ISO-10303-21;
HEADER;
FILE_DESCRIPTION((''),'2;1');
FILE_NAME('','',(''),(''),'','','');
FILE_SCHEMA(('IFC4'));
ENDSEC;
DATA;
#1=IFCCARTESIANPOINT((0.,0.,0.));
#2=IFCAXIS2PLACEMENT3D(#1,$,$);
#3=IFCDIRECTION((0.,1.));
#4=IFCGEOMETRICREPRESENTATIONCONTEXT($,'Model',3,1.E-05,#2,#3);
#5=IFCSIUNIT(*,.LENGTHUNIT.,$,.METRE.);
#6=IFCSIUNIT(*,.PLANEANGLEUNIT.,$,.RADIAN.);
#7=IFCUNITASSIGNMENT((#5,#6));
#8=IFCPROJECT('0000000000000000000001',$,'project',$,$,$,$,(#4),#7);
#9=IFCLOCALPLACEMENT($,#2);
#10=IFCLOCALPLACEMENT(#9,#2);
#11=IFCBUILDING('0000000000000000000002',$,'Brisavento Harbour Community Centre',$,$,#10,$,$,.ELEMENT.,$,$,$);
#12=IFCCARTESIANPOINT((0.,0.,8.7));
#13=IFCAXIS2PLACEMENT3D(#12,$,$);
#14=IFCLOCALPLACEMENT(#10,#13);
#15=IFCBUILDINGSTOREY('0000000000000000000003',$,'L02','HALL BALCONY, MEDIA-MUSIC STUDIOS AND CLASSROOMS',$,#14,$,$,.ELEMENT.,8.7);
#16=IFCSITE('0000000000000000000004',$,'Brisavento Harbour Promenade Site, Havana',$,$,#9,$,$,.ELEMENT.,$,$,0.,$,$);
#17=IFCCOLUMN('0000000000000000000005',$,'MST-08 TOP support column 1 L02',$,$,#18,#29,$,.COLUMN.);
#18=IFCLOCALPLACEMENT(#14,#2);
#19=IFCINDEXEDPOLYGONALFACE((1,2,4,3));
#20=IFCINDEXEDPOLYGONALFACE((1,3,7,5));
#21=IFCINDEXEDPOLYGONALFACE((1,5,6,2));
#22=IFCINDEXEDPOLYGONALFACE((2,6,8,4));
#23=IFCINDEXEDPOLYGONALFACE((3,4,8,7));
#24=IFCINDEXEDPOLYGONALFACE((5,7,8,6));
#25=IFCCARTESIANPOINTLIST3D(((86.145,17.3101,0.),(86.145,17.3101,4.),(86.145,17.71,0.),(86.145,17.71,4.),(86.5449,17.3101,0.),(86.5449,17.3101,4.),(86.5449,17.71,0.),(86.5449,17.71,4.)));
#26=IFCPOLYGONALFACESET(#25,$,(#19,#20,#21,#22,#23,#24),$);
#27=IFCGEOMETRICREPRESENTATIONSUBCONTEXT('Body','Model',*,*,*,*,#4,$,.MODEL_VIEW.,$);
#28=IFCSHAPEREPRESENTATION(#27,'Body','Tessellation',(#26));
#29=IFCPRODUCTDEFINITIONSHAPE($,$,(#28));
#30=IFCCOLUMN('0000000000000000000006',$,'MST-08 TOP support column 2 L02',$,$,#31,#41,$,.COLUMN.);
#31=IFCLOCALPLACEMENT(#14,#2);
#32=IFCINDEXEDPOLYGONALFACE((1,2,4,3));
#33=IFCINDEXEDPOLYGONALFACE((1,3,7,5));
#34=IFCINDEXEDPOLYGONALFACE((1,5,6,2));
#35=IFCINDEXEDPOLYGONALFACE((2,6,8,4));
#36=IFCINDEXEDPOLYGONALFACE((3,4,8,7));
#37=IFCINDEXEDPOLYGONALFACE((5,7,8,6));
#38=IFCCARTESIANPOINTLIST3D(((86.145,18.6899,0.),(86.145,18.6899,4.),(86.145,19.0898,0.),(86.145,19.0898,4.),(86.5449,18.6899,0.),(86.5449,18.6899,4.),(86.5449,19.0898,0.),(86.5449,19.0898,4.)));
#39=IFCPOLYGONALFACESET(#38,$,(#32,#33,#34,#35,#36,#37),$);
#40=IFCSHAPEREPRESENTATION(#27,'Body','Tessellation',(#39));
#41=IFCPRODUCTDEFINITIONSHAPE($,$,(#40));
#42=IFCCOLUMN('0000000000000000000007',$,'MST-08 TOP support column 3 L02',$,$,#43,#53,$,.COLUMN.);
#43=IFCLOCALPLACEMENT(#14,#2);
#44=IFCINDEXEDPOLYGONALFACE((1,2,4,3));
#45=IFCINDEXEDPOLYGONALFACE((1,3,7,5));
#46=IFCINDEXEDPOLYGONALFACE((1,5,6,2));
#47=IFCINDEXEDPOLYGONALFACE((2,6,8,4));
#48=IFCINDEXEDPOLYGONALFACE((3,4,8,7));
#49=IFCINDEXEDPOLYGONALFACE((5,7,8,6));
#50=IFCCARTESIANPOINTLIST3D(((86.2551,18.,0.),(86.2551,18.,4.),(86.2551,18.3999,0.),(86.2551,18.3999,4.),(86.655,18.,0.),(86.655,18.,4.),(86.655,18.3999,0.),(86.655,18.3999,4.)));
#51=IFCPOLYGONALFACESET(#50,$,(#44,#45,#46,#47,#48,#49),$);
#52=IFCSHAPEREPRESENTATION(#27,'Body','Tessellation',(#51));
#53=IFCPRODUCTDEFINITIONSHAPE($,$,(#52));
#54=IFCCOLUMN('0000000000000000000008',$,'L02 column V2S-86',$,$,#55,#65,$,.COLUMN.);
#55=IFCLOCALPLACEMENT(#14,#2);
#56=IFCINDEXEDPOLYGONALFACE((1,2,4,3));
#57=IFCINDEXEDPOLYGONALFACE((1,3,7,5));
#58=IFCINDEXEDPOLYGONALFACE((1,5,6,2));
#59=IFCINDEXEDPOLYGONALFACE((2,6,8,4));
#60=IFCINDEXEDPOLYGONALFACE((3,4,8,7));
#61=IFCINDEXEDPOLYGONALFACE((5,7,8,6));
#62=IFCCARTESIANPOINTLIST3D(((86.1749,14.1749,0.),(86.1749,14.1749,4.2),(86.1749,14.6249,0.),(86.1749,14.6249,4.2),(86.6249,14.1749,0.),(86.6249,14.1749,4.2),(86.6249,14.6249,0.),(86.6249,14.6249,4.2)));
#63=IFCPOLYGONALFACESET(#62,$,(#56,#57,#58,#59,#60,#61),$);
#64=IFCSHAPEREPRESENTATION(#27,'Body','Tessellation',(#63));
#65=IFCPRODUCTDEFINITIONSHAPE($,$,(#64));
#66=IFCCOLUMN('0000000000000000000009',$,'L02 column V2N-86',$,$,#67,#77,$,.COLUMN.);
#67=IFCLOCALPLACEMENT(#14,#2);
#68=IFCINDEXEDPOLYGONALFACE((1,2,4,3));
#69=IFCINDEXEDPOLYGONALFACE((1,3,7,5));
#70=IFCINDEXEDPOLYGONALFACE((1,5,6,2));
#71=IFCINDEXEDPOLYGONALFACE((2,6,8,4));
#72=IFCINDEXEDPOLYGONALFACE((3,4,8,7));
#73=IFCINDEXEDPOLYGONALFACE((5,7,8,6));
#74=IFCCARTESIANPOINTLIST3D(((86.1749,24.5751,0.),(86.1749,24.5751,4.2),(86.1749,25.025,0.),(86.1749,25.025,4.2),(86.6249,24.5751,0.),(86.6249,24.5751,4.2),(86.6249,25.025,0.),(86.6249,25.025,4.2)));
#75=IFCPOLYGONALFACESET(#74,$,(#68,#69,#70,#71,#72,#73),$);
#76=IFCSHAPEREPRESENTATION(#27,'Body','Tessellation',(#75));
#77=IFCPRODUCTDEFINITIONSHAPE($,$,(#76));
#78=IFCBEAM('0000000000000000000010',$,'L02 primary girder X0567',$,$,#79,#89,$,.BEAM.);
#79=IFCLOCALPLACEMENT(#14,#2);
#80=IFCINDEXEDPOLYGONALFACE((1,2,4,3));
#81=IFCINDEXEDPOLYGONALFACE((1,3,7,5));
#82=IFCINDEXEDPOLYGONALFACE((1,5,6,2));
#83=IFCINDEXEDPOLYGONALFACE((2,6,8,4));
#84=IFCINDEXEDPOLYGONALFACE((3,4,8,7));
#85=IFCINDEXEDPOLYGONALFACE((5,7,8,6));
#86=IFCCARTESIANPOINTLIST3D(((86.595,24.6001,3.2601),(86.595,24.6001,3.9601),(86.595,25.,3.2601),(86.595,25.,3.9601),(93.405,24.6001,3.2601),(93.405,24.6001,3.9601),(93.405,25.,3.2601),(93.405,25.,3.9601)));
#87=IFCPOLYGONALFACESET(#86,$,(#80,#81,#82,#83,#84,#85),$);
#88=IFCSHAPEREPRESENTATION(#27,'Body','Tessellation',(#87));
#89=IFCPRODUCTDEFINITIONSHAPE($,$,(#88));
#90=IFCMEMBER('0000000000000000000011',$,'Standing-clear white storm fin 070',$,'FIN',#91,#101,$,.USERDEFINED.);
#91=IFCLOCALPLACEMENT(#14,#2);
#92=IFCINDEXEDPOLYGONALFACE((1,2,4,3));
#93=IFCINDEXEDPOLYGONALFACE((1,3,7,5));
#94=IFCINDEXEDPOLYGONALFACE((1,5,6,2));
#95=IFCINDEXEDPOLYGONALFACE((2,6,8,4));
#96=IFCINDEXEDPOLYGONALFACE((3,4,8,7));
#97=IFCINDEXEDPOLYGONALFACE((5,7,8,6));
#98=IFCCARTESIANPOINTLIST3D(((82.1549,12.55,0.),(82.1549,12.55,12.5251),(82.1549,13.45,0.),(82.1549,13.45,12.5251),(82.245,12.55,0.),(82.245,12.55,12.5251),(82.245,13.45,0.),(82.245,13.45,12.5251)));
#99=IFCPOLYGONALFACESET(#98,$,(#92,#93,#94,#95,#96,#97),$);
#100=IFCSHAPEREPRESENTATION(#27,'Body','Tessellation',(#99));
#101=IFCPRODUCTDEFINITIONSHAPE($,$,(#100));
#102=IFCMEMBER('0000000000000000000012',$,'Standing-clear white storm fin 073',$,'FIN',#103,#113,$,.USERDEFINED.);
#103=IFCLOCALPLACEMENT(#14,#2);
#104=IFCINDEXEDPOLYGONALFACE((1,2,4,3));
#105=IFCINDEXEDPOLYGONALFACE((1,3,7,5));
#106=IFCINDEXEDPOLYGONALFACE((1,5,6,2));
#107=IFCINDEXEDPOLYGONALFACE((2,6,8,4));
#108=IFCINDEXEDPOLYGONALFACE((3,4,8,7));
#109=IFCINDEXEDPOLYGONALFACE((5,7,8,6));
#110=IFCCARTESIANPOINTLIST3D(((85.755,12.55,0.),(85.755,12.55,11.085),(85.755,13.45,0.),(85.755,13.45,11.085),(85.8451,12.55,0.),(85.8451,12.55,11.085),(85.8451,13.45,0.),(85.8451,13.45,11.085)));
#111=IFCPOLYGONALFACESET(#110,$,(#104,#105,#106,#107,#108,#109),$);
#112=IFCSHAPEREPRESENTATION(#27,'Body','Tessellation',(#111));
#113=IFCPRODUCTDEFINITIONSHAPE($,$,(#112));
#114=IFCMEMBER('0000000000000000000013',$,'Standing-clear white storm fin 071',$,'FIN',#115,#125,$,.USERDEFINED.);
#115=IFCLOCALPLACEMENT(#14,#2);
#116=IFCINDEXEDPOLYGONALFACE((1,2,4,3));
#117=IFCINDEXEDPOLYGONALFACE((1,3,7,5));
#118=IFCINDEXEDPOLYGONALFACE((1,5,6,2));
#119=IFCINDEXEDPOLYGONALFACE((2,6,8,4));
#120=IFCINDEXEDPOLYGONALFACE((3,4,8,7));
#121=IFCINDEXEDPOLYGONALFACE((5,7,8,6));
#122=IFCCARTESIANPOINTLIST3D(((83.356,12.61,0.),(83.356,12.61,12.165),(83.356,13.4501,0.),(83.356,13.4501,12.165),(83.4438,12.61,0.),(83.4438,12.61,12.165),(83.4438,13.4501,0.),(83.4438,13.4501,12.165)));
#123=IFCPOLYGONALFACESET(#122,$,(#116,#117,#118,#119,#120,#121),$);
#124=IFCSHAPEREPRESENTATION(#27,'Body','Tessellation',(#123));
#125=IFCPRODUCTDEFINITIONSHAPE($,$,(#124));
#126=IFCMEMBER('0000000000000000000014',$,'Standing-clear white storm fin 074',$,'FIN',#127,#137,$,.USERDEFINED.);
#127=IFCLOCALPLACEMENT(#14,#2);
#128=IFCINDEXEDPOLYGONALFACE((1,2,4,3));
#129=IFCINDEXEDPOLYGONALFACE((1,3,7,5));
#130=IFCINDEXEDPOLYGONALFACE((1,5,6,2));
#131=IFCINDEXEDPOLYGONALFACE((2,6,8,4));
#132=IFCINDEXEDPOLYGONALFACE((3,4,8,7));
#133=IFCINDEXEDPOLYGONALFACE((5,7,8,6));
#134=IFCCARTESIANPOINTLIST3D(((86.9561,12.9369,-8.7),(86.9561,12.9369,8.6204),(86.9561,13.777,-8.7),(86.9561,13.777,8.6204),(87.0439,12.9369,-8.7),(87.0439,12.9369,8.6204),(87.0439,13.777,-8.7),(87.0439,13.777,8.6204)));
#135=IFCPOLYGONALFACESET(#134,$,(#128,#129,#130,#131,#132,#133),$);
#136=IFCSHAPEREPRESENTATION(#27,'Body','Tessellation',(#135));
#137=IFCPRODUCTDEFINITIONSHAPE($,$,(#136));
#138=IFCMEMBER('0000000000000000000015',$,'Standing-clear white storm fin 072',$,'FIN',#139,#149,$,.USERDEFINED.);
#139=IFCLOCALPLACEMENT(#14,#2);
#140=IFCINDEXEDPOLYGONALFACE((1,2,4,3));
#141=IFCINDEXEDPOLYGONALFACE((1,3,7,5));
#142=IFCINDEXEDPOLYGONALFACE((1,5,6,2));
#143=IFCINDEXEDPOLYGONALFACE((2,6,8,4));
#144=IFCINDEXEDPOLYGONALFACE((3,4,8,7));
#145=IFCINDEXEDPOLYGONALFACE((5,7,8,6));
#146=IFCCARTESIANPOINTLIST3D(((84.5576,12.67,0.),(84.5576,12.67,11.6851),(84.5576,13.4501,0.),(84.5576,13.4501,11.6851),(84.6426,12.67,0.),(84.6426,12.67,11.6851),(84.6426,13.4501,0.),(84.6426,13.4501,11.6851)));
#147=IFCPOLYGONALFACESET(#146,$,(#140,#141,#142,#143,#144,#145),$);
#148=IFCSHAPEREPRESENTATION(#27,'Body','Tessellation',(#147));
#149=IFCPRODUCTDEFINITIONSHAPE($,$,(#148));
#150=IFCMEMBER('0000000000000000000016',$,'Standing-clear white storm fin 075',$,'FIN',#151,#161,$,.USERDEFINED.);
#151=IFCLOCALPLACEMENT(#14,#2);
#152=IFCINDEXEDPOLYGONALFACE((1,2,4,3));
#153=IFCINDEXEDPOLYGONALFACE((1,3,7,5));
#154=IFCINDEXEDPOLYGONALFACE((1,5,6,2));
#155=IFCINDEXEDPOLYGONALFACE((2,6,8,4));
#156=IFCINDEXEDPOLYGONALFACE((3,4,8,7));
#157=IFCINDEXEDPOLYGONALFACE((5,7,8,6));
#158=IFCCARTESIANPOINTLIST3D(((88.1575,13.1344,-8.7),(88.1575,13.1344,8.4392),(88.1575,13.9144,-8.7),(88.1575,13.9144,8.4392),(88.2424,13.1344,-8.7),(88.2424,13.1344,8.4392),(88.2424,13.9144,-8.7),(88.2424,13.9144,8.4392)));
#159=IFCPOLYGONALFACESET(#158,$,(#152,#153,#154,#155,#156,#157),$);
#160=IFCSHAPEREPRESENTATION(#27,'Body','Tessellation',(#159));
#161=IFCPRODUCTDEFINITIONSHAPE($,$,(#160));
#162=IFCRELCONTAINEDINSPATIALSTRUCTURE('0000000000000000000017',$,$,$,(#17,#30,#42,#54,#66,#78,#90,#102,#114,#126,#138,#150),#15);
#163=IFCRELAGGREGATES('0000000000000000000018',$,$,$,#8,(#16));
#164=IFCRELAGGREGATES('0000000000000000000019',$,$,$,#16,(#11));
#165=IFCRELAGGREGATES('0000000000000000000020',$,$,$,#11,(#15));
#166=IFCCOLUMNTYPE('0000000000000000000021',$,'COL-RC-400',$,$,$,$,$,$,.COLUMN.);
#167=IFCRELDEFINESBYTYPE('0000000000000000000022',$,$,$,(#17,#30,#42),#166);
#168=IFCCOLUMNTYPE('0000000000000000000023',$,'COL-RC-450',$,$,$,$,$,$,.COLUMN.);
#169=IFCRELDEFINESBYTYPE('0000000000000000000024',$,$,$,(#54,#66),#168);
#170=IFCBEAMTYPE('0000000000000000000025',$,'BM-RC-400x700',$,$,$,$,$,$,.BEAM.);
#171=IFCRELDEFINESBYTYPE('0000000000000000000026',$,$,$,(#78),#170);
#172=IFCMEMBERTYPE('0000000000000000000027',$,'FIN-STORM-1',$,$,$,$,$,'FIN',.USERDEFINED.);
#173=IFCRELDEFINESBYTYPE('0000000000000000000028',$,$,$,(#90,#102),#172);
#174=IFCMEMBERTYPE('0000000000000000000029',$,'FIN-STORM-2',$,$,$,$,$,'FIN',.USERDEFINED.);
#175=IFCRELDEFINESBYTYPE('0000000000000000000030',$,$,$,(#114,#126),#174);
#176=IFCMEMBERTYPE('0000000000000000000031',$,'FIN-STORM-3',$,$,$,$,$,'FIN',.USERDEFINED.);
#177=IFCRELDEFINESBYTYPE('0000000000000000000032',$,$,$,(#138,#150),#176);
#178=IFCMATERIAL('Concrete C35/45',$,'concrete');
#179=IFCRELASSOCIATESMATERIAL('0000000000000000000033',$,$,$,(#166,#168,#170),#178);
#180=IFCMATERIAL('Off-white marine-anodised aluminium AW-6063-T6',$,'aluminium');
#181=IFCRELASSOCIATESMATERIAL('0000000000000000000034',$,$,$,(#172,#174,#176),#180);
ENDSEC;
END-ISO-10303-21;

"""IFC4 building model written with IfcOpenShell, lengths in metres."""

from ifc_helpers import new_model, si_unit, direction, frame, origin, origin_2d, place, context, subcontext, project, spatial, rectangle, extrude, material, material_profile, profile_set, type_object, element, save


model = new_model("IFC4")

# Units and contexts
model_context = context("Model", 3, precision=1e-05, world=origin(), true_north=direction((0.0, 1.0)))
body_context = subcontext(model_context, "Body", "Model", "MODEL_VIEW")
ifc_project = project(units=[si_unit("LENGTHUNIT", "METRE"), si_unit("PLANEANGLEUNIT", "RADIAN")], contexts=[model_context])

# Site, building, storey
site_placement = place(None, origin())
site = spatial("IfcSite", under=ifc_project, at=site_placement, Name="Brisavento Harbour Promenade Site, Havana", CompositionType="ELEMENT", RefElevation=0.0)
building_placement = place(site_placement, origin())
building = spatial("IfcBuilding", under=site, at=building_placement, Name="Brisavento Harbour Community Centre", CompositionType="ELEMENT")
storey_placement = place(building_placement, frame((0.0, 0.0, 8.7)))
storey = spatial("IfcBuildingStorey", under=building, at=storey_placement, Name="L02", Description="HALL BALCONY, MEDIA-MUSIC STUDIOS AND CLASSROOMS", CompositionType="ELEMENT", Elevation=8.7)

# Columns
ifc_material_1 = material(Name="Concrete C35/45", Category="concrete")
ifc_material_profile_1 = material_profile(ifc_material_1, rectangle(XDim=0.3999, YDim=0.3999, at=origin_2d()), Name="Concrete C35/45")
ifc_profile_set_1 = profile_set([ifc_material_profile_1], Name="Concrete C35/45")
column_type_1 = type_object("IfcColumnType", Name="COL-RC-400", PredefinedType="COLUMN", material=ifc_profile_set_1)
for number, where, z_axis, x_axis, name in (
    (1, (86.345, 17.51, 0.0), (0.0, 0.0, 1.0), (1.0, 0.0, 0.0), "MST-08 TOP support column 1 L02"),
    (2, (86.345, 18.8899, 0.0), (0.0, 0.0, 1.0), (1.0, 0.0, 0.0), "MST-08 TOP support column 2 L02"),
    (3, (86.4551, 18.2, 0.0), (0.0, 0.0, 1.0), (1.0, 0.0, 0.0), "MST-08 TOP support column 3 L02"),
):
    element("IfcColumn", number, at=place(storey_placement, frame(where, z_axis=z_axis, x_axis=x_axis)), inside=storey, type_object=column_type_1, Name=name, PredefinedType="COLUMN", context=body_context, shape_type="SweptSolid", body=[
        extrude(rectangle(XDim=0.3999, YDim=0.3999, at=origin_2d()), origin(), (0.0, 0.0, 1.0), 4.0),
    ])
ifc_material_profile_2 = material_profile(ifc_material_1, rectangle(XDim=0.45, YDim=0.45, at=origin_2d()), Name="Concrete C35/45")
ifc_profile_set_2 = profile_set([ifc_material_profile_2], Name="Concrete C35/45")
column_type_2 = type_object("IfcColumnType", Name="COL-RC-450", PredefinedType="COLUMN", material=ifc_profile_set_2)
for number, where, z_axis, x_axis, name in (
    (4, (86.3999, 14.3999, 0.0), (0.0, 0.0, 1.0), (1.0, 0.0, 0.0), "L02 column V2S-86"),
    (5, (86.3999, 24.8, 0.0), (0.0, 0.0, 1.0), (1.0, 0.0, 0.0), "L02 column V2N-86"),
):
    element("IfcColumn", number, at=place(storey_placement, frame(where, z_axis=z_axis, x_axis=x_axis)), inside=storey, type_object=column_type_2, Name=name, PredefinedType="COLUMN", context=body_context, shape_type="SweptSolid", body=[
        extrude(rectangle(XDim=0.45, YDim=0.45, at=origin_2d()), origin(), (0.0, 0.0, 1.0), 4.2),
    ])

# Beam
ifc_material_profile_3 = material_profile(ifc_material_1, rectangle(XDim=0.3999, YDim=0.7, at=origin_2d()), Name="Concrete C35/45")
ifc_profile_set_3 = profile_set([ifc_material_profile_3], Name="Concrete C35/45")
beam_type = type_object("IfcBeamType", Name="BM-RC-400x700", PredefinedType="BEAM", material=ifc_profile_set_3)
beam_placement = place(storey_placement, frame((86.595, 24.8, 3.6101), z_axis=(1.0, 0.0, 0.0), x_axis=(0.0, 1.0, 0.0)))
element("IfcBeam", 6, at=beam_placement, inside=storey, type_object=beam_type, Name="L02 primary girder X0567", PredefinedType="BEAM", context=body_context, shape_type="SweptSolid", body=[
    extrude(rectangle(XDim=0.3999, YDim=0.7, at=origin_2d()), origin(), (0.0, 0.0, 1.0), 6.8101),
])

# Members
ifc_material_2 = material(Name="Off-white marine-anodised aluminium AW-6063-T6", Category="aluminium")
ifc_material_profile_4 = material_profile(ifc_material_2, rectangle(XDim=0.0901, YDim=0.8999, at=origin_2d()), Name="Off-white marine-anodised aluminium AW-6063-T6")
ifc_profile_set_4 = profile_set([ifc_material_profile_4], Name="Off-white marine-anodised aluminium AW-6063-T6")
member_type_1 = type_object("IfcMemberType", Name="FIN-STORM-1", ElementType="FIN", PredefinedType="USERDEFINED", material=ifc_profile_set_4)
member_1_placement = place(storey_placement, frame((82.2, 13.0, 0.0), z_axis=(0.0, 0.0, 1.0), x_axis=(-1.0, 0.0, 0.0)))
element("IfcMember", 7, at=member_1_placement, inside=storey, type_object=member_type_1, Name="Standing-clear white storm fin 070", ObjectType="FIN", PredefinedType="USERDEFINED", context=body_context, shape_type="SweptSolid", body=[
    extrude(rectangle(XDim=0.0901, YDim=0.8999, at=origin_2d()), origin(), (0.0, 0.0, 1.0), 12.5251),
])
member_2_placement = place(storey_placement, frame((85.8, 13.0, 0.0), z_axis=(0.0, 0.0, 1.0), x_axis=(-1.0, 0.0, 0.0)))
element("IfcMember", 8, at=member_2_placement, inside=storey, type_object=member_type_1, Name="Standing-clear white storm fin 073", ObjectType="FIN", PredefinedType="USERDEFINED", context=body_context, shape_type="SweptSolid", body=[
    extrude(rectangle(XDim=0.0901, YDim=0.8999, at=origin_2d()), origin(), (0.0, 0.0, 1.0), 11.085),
])
ifc_material_profile_5 = material_profile(ifc_material_2, rectangle(XDim=0.0879, YDim=0.8401, at=origin_2d()), Name="Off-white marine-anodised aluminium AW-6063-T6")
ifc_profile_set_5 = profile_set([ifc_material_profile_5], Name="Off-white marine-anodised aluminium AW-6063-T6")
member_type_2 = type_object("IfcMemberType", Name="FIN-STORM-2", ElementType="FIN", PredefinedType="USERDEFINED", material=ifc_profile_set_5)
member_3_placement = place(storey_placement, frame((83.3999, 13.03, 0.0), z_axis=(0.0, 0.0, 1.0), x_axis=(-1.0, 0.0, 0.0)))
element("IfcMember", 9, at=member_3_placement, inside=storey, type_object=member_type_2, Name="Standing-clear white storm fin 071", ObjectType="FIN", PredefinedType="USERDEFINED", context=body_context, shape_type="SweptSolid", body=[
    extrude(rectangle(XDim=0.0879, YDim=0.8401, at=origin_2d()), origin(), (0.0, 0.0, 1.0), 12.165),
])
member_4_placement = place(storey_placement, frame((87.0, 13.3569, -8.7), z_axis=(0.0, 0.0, 1.0), x_axis=(-1.0, 0.0, 0.0)))
element("IfcMember", 10, at=member_4_placement, inside=storey, type_object=member_type_2, Name="Standing-clear white storm fin 074", ObjectType="FIN", PredefinedType="USERDEFINED", context=body_context, shape_type="SweptSolid", body=[
    extrude(rectangle(XDim=0.0879, YDim=0.8401, at=origin_2d()), origin(), (0.0, 0.0, 1.0), 17.3203),
])
ifc_material_profile_6 = material_profile(ifc_material_2, rectangle(XDim=0.085, YDim=0.78, at=origin_2d()), Name="Off-white marine-anodised aluminium AW-6063-T6")
ifc_profile_set_6 = profile_set([ifc_material_profile_6], Name="Off-white marine-anodised aluminium AW-6063-T6")
member_type_3 = type_object("IfcMemberType", Name="FIN-STORM-3", ElementType="FIN", PredefinedType="USERDEFINED", material=ifc_profile_set_6)
member_5_placement = place(storey_placement, frame((84.6001, 13.0601, 0.0), z_axis=(0.0, 0.0, 1.0), x_axis=(-1.0, 0.0, 0.0)))
element("IfcMember", 11, at=member_5_placement, inside=storey, type_object=member_type_3, Name="Standing-clear white storm fin 072", ObjectType="FIN", PredefinedType="USERDEFINED", context=body_context, shape_type="SweptSolid", body=[
    extrude(rectangle(XDim=0.085, YDim=0.78, at=origin_2d()), origin(), (0.0, 0.0, 1.0), 11.6851),
])
member_6_placement = place(storey_placement, frame((88.2, 13.5244, -8.7), z_axis=(0.0, 0.0, 1.0), x_axis=(-1.0, 0.0, 0.0)))
element("IfcMember", 12, at=member_6_placement, inside=storey, type_object=member_type_3, Name="Standing-clear white storm fin 075", ObjectType="FIN", PredefinedType="USERDEFINED", context=body_context, shape_type="SweptSolid", body=[
    extrude(rectangle(XDim=0.085, YDim=0.78, at=origin_2d()), origin(), (0.0, 0.0, 1.0), 17.1392),
])

save(model, "model.ifc")
